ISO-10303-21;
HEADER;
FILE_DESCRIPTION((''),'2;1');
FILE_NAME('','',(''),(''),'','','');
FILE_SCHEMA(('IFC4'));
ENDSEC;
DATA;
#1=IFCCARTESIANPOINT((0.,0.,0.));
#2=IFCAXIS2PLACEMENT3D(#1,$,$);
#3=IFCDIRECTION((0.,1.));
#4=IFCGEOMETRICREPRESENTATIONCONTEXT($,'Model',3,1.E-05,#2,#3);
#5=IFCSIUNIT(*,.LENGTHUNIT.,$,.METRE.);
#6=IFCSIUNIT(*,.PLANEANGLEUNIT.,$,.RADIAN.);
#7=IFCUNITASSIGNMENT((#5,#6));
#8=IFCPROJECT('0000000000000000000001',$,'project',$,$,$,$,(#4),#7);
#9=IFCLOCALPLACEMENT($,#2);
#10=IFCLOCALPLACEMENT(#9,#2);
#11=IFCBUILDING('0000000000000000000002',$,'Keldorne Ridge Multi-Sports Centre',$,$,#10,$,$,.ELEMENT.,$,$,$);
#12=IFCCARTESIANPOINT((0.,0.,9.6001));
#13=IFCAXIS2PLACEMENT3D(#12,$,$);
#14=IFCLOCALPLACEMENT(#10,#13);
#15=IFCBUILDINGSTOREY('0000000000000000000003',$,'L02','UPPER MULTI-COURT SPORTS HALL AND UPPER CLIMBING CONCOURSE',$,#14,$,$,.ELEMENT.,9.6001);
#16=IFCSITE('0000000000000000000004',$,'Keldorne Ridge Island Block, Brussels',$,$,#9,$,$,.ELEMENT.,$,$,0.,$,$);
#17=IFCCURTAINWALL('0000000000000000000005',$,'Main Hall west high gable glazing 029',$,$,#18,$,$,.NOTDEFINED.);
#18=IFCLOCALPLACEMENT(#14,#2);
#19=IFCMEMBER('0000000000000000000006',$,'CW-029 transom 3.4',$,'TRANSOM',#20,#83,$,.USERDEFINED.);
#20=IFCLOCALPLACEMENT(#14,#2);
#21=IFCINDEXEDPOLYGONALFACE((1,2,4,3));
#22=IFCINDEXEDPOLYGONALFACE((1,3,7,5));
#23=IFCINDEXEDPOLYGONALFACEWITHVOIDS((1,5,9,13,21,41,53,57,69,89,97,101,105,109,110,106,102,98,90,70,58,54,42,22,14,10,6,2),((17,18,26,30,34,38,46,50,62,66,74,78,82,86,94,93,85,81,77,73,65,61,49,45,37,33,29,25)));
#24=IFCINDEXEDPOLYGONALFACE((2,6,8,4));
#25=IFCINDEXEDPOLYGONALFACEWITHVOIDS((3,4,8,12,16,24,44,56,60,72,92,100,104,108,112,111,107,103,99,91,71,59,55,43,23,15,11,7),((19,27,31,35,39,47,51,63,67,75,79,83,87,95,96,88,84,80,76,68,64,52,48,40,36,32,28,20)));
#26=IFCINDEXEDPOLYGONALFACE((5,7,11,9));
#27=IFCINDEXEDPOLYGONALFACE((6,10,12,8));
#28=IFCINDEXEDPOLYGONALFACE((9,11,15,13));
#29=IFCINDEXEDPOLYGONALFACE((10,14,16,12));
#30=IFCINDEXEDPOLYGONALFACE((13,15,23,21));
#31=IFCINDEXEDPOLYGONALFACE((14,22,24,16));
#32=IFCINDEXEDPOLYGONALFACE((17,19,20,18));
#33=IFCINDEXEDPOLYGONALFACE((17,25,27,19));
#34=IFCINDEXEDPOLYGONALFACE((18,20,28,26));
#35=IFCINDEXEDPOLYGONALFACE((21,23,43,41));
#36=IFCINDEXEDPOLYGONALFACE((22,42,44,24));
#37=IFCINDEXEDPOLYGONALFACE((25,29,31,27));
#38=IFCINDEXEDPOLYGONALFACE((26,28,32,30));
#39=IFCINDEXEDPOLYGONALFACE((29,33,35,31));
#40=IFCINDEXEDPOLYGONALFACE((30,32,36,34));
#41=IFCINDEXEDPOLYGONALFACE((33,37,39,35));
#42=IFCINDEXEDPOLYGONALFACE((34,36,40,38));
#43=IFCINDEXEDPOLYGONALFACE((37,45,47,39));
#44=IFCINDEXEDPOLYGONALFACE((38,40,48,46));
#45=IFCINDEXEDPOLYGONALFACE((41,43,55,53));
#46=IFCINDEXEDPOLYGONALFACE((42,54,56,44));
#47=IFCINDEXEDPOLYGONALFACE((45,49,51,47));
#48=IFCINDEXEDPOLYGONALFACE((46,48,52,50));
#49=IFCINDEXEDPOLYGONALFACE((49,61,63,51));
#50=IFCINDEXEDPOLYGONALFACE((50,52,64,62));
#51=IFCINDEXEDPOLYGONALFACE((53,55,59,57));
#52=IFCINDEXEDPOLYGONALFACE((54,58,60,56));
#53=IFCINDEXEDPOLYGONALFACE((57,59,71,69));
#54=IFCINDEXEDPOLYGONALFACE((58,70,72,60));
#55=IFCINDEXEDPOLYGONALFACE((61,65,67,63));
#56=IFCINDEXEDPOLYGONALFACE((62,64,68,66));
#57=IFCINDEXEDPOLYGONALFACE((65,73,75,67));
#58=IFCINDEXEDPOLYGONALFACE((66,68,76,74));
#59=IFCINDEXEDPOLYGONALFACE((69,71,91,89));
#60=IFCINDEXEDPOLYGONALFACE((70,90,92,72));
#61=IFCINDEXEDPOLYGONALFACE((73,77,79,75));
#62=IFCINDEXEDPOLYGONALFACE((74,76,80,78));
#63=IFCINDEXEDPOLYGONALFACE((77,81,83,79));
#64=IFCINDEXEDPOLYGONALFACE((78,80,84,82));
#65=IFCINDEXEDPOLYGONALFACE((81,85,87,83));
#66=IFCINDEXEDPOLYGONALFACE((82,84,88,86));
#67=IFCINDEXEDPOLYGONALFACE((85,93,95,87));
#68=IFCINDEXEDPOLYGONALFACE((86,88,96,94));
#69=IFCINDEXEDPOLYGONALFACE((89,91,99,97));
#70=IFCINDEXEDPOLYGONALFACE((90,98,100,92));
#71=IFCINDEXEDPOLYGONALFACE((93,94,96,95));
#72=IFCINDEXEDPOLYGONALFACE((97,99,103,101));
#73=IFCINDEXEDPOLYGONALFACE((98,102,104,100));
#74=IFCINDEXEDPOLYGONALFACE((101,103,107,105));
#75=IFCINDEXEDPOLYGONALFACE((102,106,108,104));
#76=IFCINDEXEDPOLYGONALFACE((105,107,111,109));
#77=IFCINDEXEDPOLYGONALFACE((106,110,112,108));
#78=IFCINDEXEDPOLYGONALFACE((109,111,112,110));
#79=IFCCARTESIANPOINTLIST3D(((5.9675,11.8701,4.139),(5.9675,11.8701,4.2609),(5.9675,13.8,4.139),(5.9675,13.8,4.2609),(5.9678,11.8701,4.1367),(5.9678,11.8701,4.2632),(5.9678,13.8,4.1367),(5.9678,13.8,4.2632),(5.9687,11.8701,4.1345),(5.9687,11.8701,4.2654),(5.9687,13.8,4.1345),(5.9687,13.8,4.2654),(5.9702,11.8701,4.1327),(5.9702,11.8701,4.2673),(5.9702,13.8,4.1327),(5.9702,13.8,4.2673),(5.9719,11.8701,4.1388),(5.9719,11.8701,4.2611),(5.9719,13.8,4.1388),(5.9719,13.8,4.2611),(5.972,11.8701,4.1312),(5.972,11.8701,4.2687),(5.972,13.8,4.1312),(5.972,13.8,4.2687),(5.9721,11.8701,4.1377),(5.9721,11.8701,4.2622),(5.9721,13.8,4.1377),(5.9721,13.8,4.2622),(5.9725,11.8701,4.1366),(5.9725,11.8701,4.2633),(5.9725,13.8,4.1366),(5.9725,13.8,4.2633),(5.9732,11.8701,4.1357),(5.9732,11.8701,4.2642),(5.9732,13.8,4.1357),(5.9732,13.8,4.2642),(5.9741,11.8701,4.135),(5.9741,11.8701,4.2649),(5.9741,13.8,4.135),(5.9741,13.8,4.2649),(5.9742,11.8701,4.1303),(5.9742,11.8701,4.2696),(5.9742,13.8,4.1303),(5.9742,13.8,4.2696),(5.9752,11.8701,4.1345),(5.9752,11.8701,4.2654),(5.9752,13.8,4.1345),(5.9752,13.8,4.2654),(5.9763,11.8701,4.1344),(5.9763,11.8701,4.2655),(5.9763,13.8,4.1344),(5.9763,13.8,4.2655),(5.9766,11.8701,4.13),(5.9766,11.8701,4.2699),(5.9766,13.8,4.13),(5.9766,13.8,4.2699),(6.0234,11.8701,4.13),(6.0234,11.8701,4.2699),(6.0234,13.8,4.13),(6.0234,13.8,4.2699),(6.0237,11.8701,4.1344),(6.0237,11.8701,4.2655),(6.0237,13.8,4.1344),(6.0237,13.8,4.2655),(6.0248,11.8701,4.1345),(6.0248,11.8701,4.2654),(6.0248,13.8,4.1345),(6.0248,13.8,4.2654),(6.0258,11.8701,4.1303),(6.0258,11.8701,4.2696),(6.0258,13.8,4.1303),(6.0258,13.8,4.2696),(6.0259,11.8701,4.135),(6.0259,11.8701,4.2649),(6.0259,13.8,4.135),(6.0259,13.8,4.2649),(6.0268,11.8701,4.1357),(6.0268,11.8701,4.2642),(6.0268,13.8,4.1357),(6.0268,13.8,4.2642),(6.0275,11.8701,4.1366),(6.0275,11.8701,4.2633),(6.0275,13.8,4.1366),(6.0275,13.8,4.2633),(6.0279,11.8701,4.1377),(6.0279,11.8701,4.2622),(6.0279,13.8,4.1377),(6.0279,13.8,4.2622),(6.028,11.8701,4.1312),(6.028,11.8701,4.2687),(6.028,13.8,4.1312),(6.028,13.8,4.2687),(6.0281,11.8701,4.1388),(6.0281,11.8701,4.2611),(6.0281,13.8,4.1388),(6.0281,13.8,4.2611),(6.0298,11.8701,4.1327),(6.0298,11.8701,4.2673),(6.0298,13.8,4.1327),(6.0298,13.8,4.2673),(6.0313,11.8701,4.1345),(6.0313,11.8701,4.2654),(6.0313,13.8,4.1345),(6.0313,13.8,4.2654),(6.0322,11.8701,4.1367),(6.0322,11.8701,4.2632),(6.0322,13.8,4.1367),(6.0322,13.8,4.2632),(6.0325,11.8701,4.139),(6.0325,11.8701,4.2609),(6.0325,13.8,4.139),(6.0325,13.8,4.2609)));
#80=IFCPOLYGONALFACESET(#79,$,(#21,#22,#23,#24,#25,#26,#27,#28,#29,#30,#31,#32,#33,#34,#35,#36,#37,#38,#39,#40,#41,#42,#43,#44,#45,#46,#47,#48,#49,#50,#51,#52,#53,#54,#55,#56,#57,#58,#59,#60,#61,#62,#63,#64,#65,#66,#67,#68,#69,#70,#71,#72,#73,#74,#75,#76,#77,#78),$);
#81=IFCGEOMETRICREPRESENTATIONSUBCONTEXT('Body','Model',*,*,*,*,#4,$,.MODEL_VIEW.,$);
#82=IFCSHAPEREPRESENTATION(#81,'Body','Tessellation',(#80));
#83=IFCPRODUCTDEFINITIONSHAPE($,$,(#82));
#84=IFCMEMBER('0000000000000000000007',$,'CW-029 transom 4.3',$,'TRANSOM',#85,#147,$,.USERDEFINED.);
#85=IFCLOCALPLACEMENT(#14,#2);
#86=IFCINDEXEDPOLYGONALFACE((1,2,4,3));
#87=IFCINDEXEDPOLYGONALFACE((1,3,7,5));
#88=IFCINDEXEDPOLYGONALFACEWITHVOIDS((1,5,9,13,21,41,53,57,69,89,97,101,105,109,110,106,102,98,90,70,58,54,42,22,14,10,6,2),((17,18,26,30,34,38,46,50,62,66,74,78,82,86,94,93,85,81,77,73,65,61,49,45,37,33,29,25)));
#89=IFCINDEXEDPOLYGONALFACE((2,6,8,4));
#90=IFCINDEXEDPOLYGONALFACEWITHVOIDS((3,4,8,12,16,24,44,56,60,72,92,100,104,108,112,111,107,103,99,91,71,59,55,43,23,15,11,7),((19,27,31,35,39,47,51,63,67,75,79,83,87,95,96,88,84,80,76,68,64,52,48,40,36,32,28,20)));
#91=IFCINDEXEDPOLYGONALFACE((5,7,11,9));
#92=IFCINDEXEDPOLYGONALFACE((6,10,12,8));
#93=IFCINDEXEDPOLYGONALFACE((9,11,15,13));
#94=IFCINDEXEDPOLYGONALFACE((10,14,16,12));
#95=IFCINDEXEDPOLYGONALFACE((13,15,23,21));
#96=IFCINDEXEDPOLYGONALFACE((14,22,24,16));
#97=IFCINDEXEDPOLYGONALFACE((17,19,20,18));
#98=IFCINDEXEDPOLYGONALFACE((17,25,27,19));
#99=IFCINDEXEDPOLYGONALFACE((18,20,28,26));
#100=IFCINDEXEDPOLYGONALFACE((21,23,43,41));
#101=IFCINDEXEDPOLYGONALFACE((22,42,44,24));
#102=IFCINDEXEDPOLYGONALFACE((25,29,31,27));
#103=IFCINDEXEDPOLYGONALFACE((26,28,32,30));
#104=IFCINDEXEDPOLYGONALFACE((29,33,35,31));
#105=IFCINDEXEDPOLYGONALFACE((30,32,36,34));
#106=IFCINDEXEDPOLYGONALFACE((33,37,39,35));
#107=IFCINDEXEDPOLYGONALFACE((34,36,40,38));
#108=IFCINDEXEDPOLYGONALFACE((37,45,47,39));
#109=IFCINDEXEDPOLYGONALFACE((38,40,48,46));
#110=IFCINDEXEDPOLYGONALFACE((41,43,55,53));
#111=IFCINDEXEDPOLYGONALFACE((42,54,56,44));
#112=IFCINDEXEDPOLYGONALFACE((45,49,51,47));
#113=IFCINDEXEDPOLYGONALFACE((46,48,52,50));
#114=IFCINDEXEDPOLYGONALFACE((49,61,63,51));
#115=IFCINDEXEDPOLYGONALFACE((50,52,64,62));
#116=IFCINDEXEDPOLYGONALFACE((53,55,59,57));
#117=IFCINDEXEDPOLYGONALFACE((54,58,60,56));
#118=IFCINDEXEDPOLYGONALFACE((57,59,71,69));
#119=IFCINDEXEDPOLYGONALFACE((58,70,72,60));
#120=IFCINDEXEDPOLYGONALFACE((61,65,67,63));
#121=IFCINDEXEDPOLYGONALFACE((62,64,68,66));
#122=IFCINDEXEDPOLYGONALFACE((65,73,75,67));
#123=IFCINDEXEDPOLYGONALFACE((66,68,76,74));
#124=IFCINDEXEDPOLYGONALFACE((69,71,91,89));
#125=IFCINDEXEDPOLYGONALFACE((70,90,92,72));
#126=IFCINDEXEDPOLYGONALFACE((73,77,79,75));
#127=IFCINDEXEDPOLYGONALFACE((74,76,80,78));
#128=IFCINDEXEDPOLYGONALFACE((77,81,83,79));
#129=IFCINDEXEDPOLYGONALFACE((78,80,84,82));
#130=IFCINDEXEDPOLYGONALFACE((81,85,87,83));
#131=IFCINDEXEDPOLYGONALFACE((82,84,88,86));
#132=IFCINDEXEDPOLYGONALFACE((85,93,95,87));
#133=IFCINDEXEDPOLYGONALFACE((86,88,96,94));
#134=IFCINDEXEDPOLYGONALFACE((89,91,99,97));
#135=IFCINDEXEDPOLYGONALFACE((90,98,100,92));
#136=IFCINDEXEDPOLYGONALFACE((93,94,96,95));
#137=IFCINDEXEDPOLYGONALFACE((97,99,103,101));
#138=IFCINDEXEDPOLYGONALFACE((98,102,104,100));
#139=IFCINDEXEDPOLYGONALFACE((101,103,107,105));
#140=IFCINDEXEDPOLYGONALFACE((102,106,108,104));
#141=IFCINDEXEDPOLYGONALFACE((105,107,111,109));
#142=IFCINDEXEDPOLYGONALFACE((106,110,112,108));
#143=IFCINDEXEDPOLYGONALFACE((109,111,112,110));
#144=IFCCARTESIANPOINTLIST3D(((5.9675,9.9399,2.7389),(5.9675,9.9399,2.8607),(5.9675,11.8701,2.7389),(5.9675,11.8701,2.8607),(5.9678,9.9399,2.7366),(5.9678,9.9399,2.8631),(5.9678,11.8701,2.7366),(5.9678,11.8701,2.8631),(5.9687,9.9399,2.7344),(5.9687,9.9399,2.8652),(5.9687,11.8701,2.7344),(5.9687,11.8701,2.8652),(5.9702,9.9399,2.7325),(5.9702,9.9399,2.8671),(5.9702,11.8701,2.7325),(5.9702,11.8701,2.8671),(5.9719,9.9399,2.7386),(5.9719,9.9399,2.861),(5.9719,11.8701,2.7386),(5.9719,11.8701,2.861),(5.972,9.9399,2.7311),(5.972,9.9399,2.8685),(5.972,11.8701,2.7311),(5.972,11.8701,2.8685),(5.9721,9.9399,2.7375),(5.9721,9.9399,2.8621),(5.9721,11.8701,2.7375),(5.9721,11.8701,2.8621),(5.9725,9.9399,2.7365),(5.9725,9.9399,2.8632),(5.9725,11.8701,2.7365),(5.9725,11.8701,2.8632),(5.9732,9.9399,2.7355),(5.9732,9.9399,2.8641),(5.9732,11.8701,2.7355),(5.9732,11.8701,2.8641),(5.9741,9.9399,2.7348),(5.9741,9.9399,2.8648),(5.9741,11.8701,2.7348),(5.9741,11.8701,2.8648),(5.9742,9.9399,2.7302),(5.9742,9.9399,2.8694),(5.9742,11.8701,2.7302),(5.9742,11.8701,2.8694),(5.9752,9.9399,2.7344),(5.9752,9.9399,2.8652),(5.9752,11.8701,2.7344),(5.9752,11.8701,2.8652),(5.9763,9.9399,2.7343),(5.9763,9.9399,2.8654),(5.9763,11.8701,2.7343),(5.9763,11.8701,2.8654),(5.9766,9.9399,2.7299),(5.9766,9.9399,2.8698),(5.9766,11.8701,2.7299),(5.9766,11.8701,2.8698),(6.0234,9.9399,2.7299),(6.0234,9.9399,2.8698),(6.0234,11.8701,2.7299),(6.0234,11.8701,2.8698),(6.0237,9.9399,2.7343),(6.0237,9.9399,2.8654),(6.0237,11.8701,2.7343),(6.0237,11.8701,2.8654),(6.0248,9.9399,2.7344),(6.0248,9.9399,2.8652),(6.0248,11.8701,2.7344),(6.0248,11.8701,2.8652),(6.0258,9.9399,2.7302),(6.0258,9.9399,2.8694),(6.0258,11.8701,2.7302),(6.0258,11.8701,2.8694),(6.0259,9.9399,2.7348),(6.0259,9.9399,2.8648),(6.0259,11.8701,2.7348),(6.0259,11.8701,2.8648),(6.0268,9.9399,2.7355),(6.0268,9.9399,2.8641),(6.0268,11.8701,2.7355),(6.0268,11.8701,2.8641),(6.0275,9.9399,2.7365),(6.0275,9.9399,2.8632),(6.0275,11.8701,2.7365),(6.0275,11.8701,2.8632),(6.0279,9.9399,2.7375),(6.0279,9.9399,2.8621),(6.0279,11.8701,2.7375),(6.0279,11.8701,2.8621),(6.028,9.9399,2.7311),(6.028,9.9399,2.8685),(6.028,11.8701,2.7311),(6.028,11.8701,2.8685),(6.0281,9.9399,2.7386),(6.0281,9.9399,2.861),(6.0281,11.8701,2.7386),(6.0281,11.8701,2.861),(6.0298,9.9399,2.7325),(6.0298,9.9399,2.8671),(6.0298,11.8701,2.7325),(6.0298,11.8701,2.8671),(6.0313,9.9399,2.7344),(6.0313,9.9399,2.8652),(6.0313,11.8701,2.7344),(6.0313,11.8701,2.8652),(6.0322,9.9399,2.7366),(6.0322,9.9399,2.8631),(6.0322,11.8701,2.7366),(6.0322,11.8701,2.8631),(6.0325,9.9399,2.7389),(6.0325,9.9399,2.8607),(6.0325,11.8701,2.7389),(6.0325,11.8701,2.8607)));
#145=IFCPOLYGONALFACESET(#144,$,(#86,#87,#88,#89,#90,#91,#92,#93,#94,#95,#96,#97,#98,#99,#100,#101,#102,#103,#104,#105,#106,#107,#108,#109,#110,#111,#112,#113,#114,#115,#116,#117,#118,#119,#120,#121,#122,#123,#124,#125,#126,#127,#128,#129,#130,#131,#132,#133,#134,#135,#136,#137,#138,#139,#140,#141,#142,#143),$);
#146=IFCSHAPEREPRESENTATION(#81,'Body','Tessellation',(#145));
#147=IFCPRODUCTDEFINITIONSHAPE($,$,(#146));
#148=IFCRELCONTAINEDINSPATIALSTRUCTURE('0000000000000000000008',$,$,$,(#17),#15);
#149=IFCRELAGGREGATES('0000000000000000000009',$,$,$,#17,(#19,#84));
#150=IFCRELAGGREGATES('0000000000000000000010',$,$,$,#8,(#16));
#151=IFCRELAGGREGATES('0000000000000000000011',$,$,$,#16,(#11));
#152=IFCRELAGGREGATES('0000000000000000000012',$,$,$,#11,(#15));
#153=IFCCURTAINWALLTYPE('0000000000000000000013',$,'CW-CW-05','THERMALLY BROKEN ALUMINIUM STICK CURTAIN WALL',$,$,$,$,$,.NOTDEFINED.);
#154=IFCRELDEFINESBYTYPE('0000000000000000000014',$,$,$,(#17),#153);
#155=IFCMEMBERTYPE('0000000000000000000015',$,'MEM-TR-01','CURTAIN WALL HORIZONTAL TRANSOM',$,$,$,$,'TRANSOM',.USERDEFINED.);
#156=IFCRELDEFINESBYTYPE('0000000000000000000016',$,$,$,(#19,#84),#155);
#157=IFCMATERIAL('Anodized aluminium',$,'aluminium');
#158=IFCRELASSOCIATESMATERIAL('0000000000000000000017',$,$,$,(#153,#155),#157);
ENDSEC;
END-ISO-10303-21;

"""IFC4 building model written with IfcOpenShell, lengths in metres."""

from ifc_helpers import new_model, si_unit, direction, frame, origin, origin_2d, place, context, subcontext, project, spatial, hollow_rectangle, extrude, material, material_profile, profile_set, type_object, element, aggregate, save


model = new_model("IFC4")

# Units and contexts
model_context = context("Model", 3, precision=1e-05, world=origin(), true_north=direction((0.0, 1.0)))
body_context = subcontext(model_context, "Body", "Model", "MODEL_VIEW")
ifc_project = project(units=[si_unit("LENGTHUNIT", "METRE"), si_unit("PLANEANGLEUNIT", "RADIAN")], contexts=[model_context])

# Site, building, storey
site_placement = place(None, origin())
site = spatial("IfcSite", under=ifc_project, at=site_placement, Name="Keldorne Ridge Island Block, Brussels", CompositionType="ELEMENT", RefElevation=0.0)
building_placement = place(site_placement, origin())
building = spatial("IfcBuilding", under=site, at=building_placement, Name="Keldorne Ridge Multi-Sports Centre", CompositionType="ELEMENT")
storey_placement = place(building_placement, frame((0.0, 0.0, 9.6001)))
storey = spatial("IfcBuildingStorey", under=building, at=storey_placement, Name="L02", Description="UPPER MULTI-COURT SPORTS HALL AND UPPER CLIMBING CONCOURSE", CompositionType="ELEMENT", Elevation=9.6001)

# Curtain wall, members
ifc_material_1 = material(Name="Anodized aluminium", Category="aluminium")
curtain_wall_type_1 = type_object("IfcCurtainWallType", Name="CW-CW-05", Description="THERMALLY BROKEN ALUMINIUM STICK CURTAIN WALL", PredefinedType="NOTDEFINED", material=ifc_material_1)
curtain_wall_1_placement = place(storey_placement, origin())
curtain_wall_1 = element("IfcCurtainWall", 1, at=curtain_wall_1_placement, inside=storey, type_object=curtain_wall_type_1, Name="Main Hall west high gable glazing 029", PredefinedType="NOTDEFINED")
ifc_material_profile_1 = material_profile(ifc_material_1, hollow_rectangle(XDim=0.0649, YDim=0.1399, WallThickness=0.0044, InnerFilletRadius=0.0044, OuterFilletRadius=0.009, at=origin_2d()), Name="ALU TRANSOM 140x65x4.5")
ifc_profile_set_1 = profile_set([ifc_material_profile_1], Name="Anodized aluminium")
member_type_1 = type_object("IfcMemberType", Name="MEM-TR-01", Description="CURTAIN WALL HORIZONTAL TRANSOM", ElementType="TRANSOM", PredefinedType="USERDEFINED", material=ifc_profile_set_1)
member_1_placement = place(storey_placement, frame((6.0, 13.8, 4.2), z_axis=(0.0, -1.0, 0.0), x_axis=(1.0, 0.0, 0.0)))
member_1 = element("IfcMember", 2, at=member_1_placement, type_object=member_type_1, Name="CW-029 transom 3.4", ObjectType="TRANSOM", PredefinedType="USERDEFINED", context=body_context, shape_type="SweptSolid", body=[
    extrude(hollow_rectangle(XDim=0.0649, YDim=0.1399, WallThickness=0.0044, InnerFilletRadius=0.0044, OuterFilletRadius=0.009, at=origin_2d()), origin(), (0.0, 0.0, 1.0), 1.9299),
])
member_2_placement = place(storey_placement, frame((6.0, 11.8701, 2.7998), z_axis=(0.0, -1.0, 0.0), x_axis=(1.0, 0.0, 0.0)))
member_2 = element("IfcMember", 3, at=member_2_placement, type_object=member_type_1, Name="CW-029 transom 4.3", ObjectType="TRANSOM", PredefinedType="USERDEFINED", context=body_context, shape_type="SweptSolid", body=[
    extrude(hollow_rectangle(XDim=0.0649, YDim=0.1399, WallThickness=0.0044, InnerFilletRadius=0.0044, OuterFilletRadius=0.009, at=origin_2d()), origin(), (0.0, 0.0, 1.0), 1.9302),
])

aggregate(curtain_wall_1, [member_1, member_2])

save(model, "model.ifc")
